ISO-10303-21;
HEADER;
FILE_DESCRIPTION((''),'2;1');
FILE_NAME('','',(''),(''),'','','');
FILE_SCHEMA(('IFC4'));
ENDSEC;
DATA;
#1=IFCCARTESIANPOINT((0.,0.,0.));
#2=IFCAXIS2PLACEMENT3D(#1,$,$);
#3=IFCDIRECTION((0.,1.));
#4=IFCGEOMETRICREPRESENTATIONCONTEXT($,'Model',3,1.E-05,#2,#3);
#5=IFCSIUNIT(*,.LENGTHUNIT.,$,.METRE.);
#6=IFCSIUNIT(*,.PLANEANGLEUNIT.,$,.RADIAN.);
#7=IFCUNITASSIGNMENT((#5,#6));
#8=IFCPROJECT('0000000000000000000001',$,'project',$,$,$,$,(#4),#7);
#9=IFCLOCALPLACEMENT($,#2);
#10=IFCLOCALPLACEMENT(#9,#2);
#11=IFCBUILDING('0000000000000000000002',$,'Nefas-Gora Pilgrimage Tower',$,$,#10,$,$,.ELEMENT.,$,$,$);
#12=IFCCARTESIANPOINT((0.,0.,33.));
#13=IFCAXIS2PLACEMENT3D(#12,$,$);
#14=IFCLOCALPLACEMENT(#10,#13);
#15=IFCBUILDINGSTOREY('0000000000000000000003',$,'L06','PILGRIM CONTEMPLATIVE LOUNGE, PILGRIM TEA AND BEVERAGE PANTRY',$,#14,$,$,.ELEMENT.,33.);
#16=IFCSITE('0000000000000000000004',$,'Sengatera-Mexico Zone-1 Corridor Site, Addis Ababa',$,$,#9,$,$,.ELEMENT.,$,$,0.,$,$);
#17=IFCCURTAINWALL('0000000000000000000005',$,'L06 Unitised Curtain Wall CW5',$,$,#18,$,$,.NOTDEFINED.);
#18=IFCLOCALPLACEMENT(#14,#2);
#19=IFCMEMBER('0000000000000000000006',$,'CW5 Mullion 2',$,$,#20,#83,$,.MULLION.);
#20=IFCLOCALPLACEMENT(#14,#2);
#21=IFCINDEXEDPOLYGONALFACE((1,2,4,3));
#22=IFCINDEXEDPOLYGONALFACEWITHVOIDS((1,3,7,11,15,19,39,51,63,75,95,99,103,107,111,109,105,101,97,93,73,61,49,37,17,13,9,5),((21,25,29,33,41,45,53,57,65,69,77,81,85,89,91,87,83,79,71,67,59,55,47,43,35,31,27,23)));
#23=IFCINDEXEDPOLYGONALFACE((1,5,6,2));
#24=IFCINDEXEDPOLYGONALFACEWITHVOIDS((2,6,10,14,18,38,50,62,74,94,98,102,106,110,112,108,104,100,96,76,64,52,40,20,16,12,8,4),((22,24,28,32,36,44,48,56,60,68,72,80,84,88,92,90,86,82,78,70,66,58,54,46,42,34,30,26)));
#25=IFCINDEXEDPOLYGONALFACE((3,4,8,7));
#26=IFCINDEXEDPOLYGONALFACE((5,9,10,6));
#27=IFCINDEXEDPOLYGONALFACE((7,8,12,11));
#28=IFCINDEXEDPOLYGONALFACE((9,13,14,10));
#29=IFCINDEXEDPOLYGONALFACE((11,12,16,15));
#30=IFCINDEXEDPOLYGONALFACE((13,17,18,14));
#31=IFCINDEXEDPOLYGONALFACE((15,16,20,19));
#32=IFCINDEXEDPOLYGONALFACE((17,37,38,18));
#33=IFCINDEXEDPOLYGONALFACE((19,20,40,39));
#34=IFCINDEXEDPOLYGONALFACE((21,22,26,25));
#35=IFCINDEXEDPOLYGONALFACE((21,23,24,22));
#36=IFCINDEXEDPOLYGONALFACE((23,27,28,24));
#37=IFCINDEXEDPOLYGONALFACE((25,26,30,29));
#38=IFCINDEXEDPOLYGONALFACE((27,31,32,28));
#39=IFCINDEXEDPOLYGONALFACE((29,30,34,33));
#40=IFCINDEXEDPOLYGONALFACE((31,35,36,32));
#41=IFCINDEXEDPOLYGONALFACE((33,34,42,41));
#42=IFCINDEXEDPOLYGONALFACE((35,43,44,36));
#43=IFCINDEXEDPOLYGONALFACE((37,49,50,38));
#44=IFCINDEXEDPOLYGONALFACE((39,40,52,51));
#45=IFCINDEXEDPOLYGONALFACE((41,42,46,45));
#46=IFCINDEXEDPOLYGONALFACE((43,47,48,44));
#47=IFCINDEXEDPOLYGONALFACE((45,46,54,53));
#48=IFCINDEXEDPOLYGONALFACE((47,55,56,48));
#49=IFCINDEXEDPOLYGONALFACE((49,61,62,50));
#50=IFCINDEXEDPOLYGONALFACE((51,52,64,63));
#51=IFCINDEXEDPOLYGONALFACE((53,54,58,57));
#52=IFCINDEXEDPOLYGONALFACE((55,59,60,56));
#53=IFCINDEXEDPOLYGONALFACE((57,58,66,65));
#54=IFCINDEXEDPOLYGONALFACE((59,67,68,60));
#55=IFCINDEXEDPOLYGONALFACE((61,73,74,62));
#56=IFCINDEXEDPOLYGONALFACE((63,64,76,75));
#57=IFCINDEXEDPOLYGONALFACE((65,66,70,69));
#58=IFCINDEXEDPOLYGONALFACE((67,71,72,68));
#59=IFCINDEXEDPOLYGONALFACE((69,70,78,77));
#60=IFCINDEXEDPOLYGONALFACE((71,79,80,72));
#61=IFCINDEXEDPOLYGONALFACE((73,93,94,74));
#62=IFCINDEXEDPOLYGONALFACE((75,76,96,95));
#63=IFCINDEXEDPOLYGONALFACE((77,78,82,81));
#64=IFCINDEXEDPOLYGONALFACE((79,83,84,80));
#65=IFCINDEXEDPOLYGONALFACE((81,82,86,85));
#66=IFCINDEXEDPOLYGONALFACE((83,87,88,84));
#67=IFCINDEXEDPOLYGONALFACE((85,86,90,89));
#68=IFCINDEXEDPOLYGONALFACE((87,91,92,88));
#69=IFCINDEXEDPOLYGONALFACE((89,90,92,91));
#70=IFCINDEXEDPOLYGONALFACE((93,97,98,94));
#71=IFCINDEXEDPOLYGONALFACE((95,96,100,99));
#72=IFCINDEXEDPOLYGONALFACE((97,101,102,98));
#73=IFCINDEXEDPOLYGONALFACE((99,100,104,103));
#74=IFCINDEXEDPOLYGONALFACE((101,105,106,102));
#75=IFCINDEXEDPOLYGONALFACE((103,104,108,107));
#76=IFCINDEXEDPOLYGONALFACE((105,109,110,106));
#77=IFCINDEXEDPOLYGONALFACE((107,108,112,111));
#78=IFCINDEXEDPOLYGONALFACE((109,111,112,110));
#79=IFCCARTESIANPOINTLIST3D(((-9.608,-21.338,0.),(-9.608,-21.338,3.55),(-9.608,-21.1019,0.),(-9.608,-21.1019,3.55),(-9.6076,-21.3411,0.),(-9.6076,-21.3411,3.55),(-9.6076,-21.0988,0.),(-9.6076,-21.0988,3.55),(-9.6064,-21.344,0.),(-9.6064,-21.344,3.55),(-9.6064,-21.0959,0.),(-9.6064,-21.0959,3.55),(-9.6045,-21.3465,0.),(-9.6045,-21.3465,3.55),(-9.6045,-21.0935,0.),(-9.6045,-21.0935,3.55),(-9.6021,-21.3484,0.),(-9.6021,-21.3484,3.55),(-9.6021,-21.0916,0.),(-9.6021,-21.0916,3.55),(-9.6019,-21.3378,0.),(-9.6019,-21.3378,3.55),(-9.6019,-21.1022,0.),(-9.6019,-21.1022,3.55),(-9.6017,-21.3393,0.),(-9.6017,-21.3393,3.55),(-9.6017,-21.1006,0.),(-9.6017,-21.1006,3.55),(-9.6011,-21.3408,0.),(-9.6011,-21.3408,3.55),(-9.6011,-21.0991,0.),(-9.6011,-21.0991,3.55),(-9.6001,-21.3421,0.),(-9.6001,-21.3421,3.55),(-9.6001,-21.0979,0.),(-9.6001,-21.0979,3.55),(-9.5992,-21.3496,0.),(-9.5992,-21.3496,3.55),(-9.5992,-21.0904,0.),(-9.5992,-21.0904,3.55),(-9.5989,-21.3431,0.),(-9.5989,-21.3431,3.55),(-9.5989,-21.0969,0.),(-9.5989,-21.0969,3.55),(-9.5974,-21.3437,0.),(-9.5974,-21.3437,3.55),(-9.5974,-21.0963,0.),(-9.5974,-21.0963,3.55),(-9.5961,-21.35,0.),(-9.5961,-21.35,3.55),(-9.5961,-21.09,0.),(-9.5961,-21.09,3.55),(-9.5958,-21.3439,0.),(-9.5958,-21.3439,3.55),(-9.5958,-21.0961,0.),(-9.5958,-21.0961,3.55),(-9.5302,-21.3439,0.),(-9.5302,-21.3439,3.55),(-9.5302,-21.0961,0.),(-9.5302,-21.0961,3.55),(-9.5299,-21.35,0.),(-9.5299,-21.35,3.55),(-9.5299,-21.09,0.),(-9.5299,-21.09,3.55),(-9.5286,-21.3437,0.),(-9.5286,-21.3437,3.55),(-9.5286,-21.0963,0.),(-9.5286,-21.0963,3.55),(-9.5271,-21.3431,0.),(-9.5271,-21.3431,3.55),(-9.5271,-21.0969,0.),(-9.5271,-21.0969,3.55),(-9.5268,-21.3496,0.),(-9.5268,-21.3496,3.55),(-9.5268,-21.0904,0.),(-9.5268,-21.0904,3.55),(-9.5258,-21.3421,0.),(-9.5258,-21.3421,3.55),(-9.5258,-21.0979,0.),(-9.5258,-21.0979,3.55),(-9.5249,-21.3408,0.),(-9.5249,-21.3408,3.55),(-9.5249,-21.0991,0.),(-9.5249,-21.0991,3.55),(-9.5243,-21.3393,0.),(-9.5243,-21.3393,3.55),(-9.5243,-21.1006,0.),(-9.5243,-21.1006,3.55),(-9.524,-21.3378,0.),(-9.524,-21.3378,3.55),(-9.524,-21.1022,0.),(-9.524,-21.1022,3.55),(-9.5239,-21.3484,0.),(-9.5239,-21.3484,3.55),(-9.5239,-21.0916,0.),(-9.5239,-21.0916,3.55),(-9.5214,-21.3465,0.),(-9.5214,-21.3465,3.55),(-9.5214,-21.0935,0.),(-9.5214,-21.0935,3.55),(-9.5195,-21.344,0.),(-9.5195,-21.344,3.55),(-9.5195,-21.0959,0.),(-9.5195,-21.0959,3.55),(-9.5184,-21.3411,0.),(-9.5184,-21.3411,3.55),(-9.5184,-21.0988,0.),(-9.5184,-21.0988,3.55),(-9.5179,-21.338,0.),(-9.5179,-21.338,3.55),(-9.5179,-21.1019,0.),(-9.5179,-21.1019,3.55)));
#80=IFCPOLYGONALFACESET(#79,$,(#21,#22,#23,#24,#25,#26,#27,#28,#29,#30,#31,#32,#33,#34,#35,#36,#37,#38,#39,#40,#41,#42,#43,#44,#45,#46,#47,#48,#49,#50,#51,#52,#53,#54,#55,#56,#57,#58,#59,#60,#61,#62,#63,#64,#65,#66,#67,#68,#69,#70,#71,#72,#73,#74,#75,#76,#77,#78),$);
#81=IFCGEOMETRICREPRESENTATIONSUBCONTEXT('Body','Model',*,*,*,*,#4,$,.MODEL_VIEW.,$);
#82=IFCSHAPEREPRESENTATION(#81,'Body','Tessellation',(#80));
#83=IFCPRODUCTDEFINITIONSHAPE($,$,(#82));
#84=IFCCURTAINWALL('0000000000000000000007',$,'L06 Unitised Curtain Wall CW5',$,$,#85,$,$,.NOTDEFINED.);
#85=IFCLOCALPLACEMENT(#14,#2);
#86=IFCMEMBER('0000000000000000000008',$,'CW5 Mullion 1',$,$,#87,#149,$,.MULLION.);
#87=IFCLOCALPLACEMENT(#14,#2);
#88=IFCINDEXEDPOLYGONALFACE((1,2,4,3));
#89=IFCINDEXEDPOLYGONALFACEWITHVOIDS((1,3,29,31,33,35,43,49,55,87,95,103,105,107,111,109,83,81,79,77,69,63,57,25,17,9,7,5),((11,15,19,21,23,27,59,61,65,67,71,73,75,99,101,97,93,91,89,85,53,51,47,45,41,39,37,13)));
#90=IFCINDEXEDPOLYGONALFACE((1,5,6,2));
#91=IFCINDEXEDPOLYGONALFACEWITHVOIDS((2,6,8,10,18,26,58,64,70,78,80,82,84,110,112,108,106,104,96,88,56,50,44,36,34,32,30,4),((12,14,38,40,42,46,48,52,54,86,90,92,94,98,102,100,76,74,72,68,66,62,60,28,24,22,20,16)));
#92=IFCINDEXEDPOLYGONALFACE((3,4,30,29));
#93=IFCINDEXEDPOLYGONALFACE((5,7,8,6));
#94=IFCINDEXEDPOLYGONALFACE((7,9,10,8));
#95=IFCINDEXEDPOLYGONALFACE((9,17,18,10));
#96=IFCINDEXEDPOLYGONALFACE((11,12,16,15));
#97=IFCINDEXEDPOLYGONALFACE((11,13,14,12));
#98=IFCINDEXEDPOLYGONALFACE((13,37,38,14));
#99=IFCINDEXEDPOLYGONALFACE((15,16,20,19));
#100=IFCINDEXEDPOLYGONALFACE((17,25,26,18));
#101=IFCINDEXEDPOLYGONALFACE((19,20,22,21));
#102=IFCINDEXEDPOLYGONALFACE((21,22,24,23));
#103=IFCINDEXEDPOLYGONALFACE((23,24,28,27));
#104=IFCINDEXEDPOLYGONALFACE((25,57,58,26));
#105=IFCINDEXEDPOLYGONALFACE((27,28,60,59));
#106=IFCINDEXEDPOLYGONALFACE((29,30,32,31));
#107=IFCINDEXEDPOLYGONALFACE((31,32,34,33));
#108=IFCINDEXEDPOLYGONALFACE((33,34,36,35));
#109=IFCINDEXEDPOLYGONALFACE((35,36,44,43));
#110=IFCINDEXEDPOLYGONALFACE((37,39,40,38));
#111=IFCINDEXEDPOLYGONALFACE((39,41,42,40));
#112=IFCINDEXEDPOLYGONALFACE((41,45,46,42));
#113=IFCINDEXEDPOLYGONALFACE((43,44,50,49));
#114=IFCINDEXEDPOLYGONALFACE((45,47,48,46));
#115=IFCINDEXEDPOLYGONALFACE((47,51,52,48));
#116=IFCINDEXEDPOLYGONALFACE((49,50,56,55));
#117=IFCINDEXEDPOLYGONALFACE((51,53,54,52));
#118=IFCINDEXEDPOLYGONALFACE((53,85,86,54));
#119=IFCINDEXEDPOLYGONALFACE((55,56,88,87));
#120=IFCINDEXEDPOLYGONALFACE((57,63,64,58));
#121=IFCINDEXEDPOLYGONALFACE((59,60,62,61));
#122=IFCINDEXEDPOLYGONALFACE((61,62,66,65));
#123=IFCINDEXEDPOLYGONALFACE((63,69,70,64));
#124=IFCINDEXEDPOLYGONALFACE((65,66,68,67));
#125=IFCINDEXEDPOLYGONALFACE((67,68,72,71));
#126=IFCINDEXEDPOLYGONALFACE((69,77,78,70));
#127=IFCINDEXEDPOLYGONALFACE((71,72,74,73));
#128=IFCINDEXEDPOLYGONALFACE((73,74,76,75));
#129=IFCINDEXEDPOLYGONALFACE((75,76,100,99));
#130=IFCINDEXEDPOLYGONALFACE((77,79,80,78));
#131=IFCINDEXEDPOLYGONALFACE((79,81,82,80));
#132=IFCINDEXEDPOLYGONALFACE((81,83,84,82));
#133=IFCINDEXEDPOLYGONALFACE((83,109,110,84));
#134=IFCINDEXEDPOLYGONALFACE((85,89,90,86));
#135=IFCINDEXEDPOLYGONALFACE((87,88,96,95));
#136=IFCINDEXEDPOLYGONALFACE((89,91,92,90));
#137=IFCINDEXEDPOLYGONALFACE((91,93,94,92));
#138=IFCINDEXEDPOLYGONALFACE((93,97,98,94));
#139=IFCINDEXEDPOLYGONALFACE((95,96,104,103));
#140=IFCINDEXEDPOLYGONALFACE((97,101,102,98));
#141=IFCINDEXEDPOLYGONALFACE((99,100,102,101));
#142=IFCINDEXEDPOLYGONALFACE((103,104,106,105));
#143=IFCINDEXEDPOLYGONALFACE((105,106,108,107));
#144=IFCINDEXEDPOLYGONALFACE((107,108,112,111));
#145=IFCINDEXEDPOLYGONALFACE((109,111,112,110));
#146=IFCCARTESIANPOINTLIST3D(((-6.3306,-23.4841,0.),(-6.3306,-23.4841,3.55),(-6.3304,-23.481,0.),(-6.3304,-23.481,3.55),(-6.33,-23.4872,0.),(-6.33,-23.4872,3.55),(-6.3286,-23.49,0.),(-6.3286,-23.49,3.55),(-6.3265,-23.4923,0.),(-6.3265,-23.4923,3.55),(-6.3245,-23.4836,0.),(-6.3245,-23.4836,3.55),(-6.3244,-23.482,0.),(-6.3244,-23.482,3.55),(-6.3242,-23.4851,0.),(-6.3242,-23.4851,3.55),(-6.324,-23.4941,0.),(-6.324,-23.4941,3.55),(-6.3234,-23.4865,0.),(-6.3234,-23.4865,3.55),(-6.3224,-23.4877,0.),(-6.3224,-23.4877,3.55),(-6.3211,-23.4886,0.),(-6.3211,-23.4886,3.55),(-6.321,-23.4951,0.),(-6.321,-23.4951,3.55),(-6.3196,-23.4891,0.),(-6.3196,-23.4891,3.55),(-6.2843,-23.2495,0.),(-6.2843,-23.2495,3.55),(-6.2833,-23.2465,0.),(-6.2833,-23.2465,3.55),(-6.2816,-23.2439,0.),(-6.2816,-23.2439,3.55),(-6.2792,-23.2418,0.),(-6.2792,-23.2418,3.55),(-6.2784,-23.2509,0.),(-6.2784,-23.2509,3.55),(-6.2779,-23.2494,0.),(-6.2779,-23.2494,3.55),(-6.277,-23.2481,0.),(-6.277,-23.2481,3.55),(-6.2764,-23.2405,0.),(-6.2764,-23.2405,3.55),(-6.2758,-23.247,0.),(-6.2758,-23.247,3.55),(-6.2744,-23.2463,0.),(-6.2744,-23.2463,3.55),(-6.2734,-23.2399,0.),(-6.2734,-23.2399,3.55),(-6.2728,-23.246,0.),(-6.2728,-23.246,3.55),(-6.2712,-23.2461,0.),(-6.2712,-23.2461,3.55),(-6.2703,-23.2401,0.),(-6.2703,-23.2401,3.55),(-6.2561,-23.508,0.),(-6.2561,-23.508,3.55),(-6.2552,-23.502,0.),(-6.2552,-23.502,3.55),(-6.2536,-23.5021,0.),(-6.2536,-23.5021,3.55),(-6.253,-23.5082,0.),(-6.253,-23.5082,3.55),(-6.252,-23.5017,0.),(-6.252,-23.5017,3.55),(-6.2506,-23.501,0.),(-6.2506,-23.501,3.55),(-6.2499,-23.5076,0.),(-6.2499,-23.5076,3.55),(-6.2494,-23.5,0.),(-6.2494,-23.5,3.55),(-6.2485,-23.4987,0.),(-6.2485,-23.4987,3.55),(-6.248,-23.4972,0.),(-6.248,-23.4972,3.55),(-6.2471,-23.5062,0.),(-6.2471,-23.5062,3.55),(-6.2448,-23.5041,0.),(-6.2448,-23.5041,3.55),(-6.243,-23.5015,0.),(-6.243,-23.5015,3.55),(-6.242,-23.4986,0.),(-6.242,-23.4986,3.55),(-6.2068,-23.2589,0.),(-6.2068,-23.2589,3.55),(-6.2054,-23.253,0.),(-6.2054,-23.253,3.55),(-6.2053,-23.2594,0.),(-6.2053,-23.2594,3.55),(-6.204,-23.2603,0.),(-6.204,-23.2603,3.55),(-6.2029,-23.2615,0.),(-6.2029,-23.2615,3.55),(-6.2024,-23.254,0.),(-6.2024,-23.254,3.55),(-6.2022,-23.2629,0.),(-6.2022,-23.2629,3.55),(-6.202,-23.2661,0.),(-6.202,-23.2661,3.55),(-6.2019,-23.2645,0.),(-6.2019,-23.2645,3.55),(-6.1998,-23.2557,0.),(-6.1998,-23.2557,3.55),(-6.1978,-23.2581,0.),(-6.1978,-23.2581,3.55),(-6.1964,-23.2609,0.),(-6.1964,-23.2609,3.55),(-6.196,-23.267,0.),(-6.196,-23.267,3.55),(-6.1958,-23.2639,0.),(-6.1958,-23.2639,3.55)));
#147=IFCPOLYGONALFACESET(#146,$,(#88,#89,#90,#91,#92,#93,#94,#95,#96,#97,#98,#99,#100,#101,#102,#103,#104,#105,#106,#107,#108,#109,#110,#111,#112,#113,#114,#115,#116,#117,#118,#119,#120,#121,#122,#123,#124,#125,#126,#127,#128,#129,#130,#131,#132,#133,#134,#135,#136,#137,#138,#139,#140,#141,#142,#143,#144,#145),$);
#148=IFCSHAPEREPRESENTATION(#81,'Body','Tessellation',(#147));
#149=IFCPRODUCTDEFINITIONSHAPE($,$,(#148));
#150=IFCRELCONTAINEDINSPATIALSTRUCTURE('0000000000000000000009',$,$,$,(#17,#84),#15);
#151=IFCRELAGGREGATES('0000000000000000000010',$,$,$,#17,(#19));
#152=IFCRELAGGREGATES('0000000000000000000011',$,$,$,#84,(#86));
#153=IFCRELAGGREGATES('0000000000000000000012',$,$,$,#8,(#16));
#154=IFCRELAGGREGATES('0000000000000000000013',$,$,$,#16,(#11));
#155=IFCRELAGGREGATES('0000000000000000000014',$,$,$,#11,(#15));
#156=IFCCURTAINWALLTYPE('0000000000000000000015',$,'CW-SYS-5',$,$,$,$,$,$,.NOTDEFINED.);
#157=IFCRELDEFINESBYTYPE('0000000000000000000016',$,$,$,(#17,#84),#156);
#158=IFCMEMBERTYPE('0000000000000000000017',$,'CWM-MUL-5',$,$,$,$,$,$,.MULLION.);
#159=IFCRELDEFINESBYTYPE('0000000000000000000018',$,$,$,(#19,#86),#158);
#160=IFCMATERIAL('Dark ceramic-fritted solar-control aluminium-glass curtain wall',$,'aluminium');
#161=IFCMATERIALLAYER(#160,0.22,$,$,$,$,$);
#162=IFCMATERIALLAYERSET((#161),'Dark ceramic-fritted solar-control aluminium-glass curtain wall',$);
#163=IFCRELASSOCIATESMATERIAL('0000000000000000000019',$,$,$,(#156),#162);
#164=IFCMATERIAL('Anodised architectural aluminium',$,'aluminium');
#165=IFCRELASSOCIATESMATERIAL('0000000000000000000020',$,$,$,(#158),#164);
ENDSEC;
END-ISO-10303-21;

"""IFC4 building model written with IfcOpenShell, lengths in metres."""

from ifc_helpers import new_model, si_unit, direction, frame, origin, origin_2d, place, context, subcontext, project, spatial, hollow_rectangle, extrude, source, transform, mapped, material, layer, layer_set, material_profile, profile_set, type_object, element, aggregate, save


model = new_model("IFC4")

# Units and contexts
model_context = context("Model", 3, precision=1e-05, world=origin(), true_north=direction((0.0, 1.0)))
body_context = subcontext(model_context, "Body", "Model", "MODEL_VIEW")
ifc_project = project(units=[si_unit("LENGTHUNIT", "METRE"), si_unit("PLANEANGLEUNIT", "RADIAN")], contexts=[model_context])

# Site, building, storey
site_placement = place(None, origin())
site = spatial("IfcSite", under=ifc_project, at=site_placement, Name="Sengatera-Mexico Zone-1 Corridor Site, Addis Ababa", CompositionType="ELEMENT", RefElevation=0.0)
building_placement = place(site_placement, origin())
building = spatial("IfcBuilding", under=site, at=building_placement, Name="Nefas-Gora Pilgrimage Tower", CompositionType="ELEMENT")
storey_placement = place(building_placement, frame((0.0, 0.0, 33.0)))
storey = spatial("IfcBuildingStorey", under=building, at=storey_placement, Name="L06", Description="PILGRIM CONTEMPLATIVE LOUNGE, PILGRIM TEA AND BEVERAGE PANTRY", CompositionType="ELEMENT", Elevation=33.0)

# Curtain wall, member
ifc_material_1 = material(Name="Dark ceramic-fritted solar-control aluminium-glass curtain wall", Category="aluminium")
ifc_layer_1 = layer(ifc_material_1, 0.22)
ifc_layer_set_1 = layer_set([ifc_layer_1], Name="Dark ceramic-fritted solar-control aluminium-glass curtain wall")
curtain_wall_type = type_object("IfcCurtainWallType", Name="CW-SYS-5", PredefinedType="NOTDEFINED", material=ifc_layer_set_1)
curtain_wall_1_placement = place(storey_placement, origin())
curtain_wall_1 = element("IfcCurtainWall", 1, at=curtain_wall_1_placement, inside=storey, type_object=curtain_wall_type, Name="L06 Unitised Curtain Wall CW5", PredefinedType="NOTDEFINED")
ifc_material_2 = material(Name="Anodised architectural aluminium", Category="aluminium")
ifc_material_profile_1 = material_profile(ifc_material_2, hollow_rectangle(XDim=0.0901, YDim=0.26, WallThickness=0.0061, InnerFilletRadius=0.0061, OuterFilletRadius=0.012, at=origin_2d()), Name="ALU MULLION 90x260")
ifc_profile_set_1 = profile_set([ifc_material_profile_1], Name="Anodised architectural aluminium")
member_type_1 = type_object("IfcMemberType", Name="CWM-MUL-5", PredefinedType="MULLION", material=ifc_profile_set_1)
shared_shape_1 = source(origin(), body_context, "Body", "SweptSolid", [
    extrude(hollow_rectangle(XDim=0.0901, YDim=0.26, WallThickness=0.0061, InnerFilletRadius=0.0061, OuterFilletRadius=0.012, at=origin_2d()), origin(), (0.0, 0.0, 1.0), 3.55),
])
member_1_placement = place(storey_placement, frame((-9.563, -21.22, 0.0), z_axis=(0.0, 0.0, 1.0), x_axis=(1.0, 0.0, 0.0)))
member_1 = element("IfcMember", 2, at=member_1_placement, type_object=member_type_1, Name="CW5 Mullion 2", PredefinedType="MULLION", context=body_context, shape_type="MappedRepresentation", body=[
    mapped(shared_shape_1, transform((0.0, 0.0, 0.0), x_axis=(1.0, 0.0, 0.0), y_axis=(0.0, 1.0, 0.0), z_axis=(0.0, 0.0, 1.0), scale=1.0)),
])

# Curtain wall, member
curtain_wall_2_placement = place(storey_placement, origin())
curtain_wall_2 = element("IfcCurtainWall", 3, at=curtain_wall_2_placement, inside=storey, type_object=curtain_wall_type, Name="L06 Unitised Curtain Wall CW5", PredefinedType="NOTDEFINED")
member_2_placement = place(storey_placement, frame((-6.2632, -23.374, 0.0), z_axis=(0.0, 0.0, 1.0), x_axis=(0.980783, -0.195102, 0.0)))
member_2 = element("IfcMember", 4, at=member_2_placement, type_object=member_type_1, Name="CW5 Mullion 1", PredefinedType="MULLION", context=body_context, shape_type="MappedRepresentation", body=[
    mapped(shared_shape_1, transform((0.0, 0.0, 0.0), x_axis=(1.0, 0.0, 0.0), y_axis=(0.0, 1.0, 0.0), z_axis=(0.0, 0.0, 1.0), scale=1.0)),
])

aggregate(curtain_wall_1, [member_1])
aggregate(curtain_wall_2, [member_2])

save(model, "model.ifc")
